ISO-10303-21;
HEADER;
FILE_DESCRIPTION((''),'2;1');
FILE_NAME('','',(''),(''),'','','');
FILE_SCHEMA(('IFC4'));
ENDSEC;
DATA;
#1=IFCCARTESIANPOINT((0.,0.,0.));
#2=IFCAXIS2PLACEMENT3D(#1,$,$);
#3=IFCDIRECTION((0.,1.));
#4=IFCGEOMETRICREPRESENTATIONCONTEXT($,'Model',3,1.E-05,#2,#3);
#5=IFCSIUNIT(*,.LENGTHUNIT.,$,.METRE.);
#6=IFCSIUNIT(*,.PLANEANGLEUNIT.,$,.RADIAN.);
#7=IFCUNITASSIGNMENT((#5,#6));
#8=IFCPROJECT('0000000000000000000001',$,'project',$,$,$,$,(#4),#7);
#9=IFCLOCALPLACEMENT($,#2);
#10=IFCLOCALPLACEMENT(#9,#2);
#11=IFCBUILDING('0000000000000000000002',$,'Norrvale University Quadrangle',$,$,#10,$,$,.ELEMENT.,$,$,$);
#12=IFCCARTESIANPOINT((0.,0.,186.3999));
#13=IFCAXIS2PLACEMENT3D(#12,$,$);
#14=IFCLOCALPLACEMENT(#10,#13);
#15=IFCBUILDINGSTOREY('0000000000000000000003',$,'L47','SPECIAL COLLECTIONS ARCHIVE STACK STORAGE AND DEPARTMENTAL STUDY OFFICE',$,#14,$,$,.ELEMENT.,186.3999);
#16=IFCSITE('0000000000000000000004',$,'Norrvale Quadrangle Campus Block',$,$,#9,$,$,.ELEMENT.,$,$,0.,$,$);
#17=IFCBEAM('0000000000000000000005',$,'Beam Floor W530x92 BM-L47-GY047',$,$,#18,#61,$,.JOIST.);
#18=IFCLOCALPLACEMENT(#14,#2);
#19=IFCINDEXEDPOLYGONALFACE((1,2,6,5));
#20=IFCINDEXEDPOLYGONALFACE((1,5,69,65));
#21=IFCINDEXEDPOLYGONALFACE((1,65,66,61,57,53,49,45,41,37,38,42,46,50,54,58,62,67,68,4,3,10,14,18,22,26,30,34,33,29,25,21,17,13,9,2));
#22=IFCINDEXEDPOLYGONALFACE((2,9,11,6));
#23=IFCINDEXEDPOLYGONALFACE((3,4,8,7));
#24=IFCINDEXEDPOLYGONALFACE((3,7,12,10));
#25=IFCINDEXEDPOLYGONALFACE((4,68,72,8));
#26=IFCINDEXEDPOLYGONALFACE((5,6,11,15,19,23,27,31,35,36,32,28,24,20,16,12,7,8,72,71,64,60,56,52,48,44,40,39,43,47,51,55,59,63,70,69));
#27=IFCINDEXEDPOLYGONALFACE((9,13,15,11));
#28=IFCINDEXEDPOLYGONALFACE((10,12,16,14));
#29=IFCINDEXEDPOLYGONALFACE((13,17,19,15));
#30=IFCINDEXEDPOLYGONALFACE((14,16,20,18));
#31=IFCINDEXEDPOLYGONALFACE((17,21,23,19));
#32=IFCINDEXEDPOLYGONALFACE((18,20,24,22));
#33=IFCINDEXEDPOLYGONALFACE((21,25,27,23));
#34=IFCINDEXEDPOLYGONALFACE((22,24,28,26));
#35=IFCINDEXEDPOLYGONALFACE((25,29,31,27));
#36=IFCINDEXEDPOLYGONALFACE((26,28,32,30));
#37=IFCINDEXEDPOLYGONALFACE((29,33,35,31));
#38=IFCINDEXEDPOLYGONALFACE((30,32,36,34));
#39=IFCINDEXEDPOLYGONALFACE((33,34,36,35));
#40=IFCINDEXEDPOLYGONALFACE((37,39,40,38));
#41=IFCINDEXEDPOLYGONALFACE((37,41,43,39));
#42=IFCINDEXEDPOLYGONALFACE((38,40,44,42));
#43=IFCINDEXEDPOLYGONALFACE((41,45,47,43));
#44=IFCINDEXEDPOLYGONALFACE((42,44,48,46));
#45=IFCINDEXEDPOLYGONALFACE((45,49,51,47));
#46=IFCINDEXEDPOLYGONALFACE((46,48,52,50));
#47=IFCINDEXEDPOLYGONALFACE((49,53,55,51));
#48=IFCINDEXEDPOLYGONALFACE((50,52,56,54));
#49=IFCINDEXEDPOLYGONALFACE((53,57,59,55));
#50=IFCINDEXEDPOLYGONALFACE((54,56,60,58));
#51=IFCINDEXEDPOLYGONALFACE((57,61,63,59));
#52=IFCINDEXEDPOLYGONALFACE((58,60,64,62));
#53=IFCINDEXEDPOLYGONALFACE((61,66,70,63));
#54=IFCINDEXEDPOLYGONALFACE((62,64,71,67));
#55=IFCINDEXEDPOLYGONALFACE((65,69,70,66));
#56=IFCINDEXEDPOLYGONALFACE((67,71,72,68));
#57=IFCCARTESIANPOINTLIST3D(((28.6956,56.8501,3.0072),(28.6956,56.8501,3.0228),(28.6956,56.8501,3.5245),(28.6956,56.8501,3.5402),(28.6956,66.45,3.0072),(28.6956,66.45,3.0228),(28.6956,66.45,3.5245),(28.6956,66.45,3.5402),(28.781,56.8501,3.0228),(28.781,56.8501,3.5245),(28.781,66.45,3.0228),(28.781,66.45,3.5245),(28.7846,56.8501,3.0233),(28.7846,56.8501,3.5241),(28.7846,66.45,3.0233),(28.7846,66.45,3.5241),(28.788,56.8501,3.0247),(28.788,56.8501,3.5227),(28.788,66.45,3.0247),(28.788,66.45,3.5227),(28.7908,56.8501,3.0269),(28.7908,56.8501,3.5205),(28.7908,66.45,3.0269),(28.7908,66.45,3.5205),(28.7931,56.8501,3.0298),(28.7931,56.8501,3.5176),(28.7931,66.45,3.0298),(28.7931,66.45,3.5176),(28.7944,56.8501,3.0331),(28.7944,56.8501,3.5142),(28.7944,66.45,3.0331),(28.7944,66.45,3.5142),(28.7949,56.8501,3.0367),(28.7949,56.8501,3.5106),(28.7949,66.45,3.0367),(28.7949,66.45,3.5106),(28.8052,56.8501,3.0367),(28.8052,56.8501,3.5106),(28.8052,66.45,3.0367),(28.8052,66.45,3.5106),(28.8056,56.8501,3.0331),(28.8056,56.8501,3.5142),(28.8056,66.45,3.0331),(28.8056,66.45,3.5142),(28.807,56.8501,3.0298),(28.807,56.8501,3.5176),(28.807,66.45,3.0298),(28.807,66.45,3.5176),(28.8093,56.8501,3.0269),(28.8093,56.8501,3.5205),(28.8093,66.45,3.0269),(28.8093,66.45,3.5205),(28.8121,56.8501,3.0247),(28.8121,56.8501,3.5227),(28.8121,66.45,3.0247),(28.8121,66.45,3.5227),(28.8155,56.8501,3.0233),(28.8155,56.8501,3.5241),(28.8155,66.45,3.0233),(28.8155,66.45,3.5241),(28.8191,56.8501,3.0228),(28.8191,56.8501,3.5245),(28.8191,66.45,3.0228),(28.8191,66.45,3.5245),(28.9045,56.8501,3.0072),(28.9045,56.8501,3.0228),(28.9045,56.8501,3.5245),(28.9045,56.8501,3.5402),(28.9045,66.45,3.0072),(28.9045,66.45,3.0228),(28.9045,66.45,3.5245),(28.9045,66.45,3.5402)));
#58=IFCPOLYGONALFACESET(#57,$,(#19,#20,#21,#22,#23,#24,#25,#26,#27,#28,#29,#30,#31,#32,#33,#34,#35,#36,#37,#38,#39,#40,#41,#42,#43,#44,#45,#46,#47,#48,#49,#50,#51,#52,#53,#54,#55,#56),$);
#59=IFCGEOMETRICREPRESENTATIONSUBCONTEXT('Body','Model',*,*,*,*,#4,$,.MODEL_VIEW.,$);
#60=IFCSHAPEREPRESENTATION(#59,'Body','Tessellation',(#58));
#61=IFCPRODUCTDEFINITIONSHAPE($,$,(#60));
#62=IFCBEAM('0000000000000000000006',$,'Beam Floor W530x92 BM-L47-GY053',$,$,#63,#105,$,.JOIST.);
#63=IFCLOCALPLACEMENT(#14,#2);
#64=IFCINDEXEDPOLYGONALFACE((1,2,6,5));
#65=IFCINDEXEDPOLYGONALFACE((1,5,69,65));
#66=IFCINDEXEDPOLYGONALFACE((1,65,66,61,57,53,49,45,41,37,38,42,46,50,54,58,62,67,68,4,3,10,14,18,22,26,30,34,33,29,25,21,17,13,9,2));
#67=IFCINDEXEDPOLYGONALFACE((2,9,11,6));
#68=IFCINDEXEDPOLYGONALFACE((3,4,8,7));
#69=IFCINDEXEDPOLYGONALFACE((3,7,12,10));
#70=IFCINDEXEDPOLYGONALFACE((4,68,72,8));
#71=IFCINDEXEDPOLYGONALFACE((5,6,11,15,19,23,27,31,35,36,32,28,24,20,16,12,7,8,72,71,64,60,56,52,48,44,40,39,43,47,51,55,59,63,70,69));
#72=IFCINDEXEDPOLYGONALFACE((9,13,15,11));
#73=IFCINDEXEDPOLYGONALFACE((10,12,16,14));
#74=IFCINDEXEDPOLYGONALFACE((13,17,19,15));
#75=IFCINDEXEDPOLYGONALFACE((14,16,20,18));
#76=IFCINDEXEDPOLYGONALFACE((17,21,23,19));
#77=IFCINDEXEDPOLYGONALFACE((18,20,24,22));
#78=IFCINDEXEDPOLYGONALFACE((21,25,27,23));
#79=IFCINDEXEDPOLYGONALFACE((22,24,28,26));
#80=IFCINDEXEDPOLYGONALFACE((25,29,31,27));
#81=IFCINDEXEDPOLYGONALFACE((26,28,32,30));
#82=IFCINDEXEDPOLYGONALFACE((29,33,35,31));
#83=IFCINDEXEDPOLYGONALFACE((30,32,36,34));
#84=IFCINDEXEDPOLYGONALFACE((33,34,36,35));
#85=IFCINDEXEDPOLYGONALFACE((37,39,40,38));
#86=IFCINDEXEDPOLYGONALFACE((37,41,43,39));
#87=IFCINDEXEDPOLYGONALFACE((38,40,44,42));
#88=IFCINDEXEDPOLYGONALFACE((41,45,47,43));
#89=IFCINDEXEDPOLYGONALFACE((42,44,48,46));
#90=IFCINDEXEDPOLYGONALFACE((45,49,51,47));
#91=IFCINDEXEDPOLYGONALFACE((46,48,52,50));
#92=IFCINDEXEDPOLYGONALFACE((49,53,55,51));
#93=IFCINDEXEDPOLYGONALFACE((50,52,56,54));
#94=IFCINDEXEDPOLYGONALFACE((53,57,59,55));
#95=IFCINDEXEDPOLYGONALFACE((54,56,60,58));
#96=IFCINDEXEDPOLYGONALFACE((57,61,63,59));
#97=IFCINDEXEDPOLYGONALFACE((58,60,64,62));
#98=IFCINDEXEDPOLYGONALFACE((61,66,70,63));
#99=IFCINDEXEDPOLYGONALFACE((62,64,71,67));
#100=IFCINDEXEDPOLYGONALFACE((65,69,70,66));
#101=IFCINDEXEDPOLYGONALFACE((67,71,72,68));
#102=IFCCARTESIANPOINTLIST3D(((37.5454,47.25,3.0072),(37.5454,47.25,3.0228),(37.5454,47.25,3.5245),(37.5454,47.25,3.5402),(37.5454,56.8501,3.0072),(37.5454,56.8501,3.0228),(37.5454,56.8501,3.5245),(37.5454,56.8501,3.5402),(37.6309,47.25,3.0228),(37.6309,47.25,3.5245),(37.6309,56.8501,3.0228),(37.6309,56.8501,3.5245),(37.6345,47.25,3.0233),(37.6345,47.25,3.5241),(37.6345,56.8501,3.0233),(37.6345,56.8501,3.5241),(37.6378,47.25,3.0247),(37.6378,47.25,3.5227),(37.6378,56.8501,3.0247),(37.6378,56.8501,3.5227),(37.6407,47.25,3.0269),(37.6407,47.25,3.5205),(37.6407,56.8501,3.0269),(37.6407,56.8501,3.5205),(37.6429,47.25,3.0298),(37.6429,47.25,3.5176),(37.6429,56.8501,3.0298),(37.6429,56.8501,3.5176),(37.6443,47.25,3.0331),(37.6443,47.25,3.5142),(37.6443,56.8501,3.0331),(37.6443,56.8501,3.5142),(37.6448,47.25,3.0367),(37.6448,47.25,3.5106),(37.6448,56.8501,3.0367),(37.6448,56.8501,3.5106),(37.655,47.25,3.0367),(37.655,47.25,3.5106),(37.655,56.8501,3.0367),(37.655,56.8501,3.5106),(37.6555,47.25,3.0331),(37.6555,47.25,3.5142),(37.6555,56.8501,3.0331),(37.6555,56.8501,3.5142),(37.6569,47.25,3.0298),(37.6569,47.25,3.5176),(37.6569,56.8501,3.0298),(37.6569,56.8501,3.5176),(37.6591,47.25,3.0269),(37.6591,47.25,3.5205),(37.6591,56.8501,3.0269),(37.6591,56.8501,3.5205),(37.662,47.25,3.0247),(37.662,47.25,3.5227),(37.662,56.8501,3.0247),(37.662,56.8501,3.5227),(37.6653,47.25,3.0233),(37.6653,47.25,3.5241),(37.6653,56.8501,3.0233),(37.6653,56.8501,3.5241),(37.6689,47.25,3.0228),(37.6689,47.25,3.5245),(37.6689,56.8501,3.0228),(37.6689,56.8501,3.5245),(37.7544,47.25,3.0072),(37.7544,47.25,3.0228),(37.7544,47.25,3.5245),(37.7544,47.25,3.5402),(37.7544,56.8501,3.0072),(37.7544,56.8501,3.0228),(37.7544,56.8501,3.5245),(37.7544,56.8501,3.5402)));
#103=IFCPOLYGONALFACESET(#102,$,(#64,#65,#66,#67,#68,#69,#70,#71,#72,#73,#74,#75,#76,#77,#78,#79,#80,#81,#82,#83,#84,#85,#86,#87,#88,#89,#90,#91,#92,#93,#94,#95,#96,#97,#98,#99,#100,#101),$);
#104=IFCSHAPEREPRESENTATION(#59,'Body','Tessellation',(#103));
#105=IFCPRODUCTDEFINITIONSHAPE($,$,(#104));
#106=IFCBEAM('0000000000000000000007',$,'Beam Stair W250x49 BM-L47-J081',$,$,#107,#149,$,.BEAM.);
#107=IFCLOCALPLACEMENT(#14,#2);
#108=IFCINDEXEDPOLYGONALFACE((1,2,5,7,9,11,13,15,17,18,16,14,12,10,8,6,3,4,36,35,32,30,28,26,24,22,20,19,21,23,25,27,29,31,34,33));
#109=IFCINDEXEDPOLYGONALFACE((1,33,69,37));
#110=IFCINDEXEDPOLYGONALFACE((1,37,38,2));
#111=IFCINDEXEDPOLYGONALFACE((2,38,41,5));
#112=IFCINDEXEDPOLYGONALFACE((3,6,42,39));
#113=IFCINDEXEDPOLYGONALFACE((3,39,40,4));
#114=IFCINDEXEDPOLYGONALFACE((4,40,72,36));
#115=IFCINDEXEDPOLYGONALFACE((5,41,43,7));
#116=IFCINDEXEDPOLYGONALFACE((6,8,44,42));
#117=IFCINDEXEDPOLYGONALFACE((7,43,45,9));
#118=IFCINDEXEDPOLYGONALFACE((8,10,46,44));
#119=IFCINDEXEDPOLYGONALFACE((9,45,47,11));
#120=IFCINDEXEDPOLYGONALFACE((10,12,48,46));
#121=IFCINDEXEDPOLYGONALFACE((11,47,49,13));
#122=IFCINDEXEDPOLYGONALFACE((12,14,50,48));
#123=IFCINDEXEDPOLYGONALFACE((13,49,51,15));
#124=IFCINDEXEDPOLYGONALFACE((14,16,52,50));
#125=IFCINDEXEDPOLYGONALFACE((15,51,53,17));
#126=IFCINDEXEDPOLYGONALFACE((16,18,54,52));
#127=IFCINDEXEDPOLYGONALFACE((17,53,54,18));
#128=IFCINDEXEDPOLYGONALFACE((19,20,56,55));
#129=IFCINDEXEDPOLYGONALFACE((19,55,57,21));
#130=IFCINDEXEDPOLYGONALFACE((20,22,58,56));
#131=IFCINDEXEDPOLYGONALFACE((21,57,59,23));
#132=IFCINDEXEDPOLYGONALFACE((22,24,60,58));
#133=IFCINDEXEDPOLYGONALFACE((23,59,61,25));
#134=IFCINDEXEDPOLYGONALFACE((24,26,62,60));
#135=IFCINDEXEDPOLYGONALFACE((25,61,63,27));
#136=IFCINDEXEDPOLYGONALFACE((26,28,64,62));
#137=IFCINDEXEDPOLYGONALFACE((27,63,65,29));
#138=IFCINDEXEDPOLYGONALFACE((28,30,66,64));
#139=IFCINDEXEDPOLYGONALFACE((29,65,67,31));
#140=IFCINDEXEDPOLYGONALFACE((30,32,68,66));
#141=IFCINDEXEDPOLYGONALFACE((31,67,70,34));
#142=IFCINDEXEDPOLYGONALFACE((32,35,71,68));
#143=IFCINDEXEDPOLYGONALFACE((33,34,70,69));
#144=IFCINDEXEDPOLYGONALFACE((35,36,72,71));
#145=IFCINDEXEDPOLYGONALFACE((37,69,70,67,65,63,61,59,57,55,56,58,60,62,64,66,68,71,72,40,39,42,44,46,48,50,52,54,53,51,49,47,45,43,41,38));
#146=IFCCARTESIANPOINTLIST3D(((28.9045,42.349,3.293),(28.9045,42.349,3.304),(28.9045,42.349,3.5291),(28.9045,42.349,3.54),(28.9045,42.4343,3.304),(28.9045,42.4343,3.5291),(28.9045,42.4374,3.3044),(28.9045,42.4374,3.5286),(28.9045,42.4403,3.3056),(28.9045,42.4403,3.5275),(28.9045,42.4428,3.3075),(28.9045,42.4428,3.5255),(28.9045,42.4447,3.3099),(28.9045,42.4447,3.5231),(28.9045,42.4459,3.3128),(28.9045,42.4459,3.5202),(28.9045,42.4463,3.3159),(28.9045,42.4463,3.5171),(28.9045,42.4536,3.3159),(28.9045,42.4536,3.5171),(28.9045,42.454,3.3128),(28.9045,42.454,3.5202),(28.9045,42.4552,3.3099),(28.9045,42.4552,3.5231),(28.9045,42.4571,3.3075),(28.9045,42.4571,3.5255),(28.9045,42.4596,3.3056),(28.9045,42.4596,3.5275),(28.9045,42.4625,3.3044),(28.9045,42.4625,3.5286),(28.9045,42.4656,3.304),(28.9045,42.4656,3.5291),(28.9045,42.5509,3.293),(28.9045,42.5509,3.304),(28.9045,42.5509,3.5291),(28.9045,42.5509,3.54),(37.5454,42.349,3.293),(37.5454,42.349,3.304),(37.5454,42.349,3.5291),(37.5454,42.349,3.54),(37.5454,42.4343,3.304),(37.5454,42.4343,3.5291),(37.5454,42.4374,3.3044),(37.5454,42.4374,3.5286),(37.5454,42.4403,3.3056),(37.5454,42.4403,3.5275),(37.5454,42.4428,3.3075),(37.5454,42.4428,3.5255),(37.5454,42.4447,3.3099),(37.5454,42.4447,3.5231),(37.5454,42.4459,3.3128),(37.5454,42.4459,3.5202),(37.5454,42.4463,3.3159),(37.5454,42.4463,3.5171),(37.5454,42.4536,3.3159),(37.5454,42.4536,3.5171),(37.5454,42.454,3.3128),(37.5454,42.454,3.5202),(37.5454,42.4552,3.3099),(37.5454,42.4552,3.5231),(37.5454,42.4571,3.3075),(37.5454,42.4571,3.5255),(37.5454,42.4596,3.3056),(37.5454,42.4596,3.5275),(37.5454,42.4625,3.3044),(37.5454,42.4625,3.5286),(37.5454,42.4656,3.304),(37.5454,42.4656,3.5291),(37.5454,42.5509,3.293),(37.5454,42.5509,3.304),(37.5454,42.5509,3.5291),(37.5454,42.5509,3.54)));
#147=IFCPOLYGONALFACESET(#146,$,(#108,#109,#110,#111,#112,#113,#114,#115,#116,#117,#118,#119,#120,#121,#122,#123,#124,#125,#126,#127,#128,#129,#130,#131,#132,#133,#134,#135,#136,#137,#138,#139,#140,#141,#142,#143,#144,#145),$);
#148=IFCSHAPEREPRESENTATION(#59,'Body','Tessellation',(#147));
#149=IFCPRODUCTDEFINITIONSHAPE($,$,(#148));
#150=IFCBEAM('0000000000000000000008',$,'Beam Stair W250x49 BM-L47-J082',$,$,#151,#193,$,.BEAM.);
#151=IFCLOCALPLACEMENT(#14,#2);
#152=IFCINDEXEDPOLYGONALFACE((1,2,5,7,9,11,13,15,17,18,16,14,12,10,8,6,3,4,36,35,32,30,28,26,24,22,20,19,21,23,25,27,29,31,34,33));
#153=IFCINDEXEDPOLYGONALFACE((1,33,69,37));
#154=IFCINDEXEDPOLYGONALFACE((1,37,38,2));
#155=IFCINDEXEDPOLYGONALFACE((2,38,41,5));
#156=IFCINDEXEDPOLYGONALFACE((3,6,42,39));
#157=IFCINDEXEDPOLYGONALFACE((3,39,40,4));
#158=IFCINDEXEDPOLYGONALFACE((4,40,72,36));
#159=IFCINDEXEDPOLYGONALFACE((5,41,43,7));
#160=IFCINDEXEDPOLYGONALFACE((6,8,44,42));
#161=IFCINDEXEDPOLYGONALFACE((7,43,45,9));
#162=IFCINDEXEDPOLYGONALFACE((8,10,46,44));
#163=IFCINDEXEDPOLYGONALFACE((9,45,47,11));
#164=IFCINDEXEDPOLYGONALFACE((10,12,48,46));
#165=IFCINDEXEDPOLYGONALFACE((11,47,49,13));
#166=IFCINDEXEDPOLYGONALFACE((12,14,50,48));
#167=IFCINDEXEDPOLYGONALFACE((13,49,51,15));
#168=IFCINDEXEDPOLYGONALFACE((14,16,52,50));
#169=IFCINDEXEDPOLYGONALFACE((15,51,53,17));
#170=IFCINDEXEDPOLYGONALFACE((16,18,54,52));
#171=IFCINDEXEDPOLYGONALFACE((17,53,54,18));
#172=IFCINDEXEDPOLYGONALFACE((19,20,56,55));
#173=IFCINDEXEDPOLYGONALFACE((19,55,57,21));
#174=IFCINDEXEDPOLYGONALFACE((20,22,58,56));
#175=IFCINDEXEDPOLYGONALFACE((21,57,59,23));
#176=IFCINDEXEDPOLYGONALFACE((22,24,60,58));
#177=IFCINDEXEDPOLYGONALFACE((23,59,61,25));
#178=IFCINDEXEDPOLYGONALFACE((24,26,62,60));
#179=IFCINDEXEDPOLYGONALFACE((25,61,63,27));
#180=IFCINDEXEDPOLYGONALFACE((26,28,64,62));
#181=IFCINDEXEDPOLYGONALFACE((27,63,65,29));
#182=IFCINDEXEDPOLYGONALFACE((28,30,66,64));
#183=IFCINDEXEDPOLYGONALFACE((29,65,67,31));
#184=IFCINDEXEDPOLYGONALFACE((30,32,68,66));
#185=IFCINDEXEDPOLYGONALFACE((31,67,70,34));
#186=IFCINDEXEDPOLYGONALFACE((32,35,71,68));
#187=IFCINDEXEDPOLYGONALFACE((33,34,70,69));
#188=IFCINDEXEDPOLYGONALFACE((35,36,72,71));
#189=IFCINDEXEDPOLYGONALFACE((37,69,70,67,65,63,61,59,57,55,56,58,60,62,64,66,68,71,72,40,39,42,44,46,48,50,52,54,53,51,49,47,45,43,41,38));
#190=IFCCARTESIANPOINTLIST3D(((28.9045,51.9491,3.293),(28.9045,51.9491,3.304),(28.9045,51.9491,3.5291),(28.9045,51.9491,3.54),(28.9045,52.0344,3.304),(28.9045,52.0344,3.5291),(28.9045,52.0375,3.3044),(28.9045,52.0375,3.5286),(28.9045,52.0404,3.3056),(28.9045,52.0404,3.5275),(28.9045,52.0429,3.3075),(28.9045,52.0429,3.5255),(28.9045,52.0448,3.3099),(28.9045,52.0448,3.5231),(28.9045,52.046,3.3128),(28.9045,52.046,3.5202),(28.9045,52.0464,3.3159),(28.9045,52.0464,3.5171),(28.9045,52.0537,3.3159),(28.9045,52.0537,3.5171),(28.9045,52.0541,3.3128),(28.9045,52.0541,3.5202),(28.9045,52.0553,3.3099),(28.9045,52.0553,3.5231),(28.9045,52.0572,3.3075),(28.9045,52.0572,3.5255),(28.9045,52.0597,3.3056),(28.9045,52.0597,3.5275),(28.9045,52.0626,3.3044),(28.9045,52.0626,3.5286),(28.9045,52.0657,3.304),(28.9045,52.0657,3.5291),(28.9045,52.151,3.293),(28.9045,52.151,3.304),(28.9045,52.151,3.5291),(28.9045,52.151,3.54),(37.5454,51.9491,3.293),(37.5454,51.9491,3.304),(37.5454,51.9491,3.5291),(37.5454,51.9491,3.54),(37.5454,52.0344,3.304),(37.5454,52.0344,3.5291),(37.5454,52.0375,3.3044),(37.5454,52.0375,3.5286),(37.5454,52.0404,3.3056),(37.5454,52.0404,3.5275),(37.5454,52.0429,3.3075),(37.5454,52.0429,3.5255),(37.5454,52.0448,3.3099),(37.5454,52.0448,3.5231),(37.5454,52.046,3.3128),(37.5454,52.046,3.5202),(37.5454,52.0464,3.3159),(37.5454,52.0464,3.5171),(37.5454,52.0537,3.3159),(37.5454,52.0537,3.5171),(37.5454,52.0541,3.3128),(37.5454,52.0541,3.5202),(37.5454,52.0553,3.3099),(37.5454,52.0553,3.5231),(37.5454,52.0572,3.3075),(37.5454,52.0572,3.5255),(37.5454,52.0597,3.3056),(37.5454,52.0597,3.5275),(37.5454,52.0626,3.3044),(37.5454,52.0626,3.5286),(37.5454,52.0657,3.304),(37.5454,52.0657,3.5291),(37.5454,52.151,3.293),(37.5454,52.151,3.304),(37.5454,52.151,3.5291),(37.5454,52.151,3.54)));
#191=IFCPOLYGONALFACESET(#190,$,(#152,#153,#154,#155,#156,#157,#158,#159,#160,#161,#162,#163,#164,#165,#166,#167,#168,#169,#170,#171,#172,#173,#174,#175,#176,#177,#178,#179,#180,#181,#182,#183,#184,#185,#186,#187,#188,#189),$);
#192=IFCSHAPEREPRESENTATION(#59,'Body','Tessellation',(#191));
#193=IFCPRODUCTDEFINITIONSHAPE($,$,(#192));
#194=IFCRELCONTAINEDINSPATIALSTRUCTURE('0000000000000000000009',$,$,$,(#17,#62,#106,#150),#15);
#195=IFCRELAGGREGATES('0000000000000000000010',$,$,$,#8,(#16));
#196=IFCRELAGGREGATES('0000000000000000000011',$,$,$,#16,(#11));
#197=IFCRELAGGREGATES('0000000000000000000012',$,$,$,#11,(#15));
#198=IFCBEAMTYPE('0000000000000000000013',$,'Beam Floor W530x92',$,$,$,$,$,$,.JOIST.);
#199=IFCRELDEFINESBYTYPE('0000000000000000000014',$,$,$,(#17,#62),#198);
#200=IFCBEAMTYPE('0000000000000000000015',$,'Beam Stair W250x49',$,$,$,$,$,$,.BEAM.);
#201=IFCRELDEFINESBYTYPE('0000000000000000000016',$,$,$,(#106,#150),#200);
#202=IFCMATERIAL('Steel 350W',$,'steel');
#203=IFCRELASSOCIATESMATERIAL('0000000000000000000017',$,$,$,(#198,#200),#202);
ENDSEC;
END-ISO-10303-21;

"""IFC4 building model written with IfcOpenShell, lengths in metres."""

from ifc_helpers import new_model, si_unit, direction, frame, origin, origin_2d, place, context, subcontext, project, spatial, i_section, extrude, material, material_profile, profile_set, type_object, element, save


model = new_model("IFC4")

# Units and contexts
model_context = context("Model", 3, precision=1e-05, world=origin(), true_north=direction((0.0, 1.0)))
body_context = subcontext(model_context, "Body", "Model", "MODEL_VIEW")
ifc_project = project(units=[si_unit("LENGTHUNIT", "METRE"), si_unit("PLANEANGLEUNIT", "RADIAN")], contexts=[model_context])

# Site, building, storey
site_placement = place(None, origin())
site = spatial("IfcSite", under=ifc_project, at=site_placement, Name="Norrvale Quadrangle Campus Block", CompositionType="ELEMENT", RefElevation=0.0)
building_placement = place(site_placement, origin())
building = spatial("IfcBuilding", under=site, at=building_placement, Name="Norrvale University Quadrangle", CompositionType="ELEMENT")
storey_placement = place(building_placement, frame((0.0, 0.0, 186.3999)))
storey = spatial("IfcBuildingStorey", under=building, at=storey_placement, Name="L47", Description="SPECIAL COLLECTIONS ARCHIVE STACK STORAGE AND DEPARTMENTAL STUDY OFFICE", CompositionType="ELEMENT", Elevation=186.3999)

# Beams
ifc_material_1 = material(Name="Steel 350W", Category="steel")
ifc_material_profile_1 = material_profile(ifc_material_1, i_section(OverallWidth=0.209, OverallDepth=0.533, WebThickness=0.0103, FlangeThickness=0.0156, FilletRadius=0.0139, at=origin_2d()), Name="Steel 350W")
ifc_profile_set_1 = profile_set([ifc_material_profile_1], Name="Steel 350W")
beam_type_1 = type_object("IfcBeamType", Name="Beam Floor W530x92", PredefinedType="JOIST", material=ifc_profile_set_1)
beam_1_placement = place(storey_placement, frame((28.8, 56.8501, 3.2737), z_axis=(0.0, 1.0, 0.0), x_axis=(-1.0, 0.0, 0.0)))
element("IfcBeam", 1, at=beam_1_placement, inside=storey, type_object=beam_type_1, Name="Beam Floor W530x92 BM-L47-GY047", PredefinedType="JOIST", context=body_context, shape_type="SweptSolid", body=[
    extrude(i_section(OverallWidth=0.209, OverallDepth=0.533, WebThickness=0.0103, FlangeThickness=0.0156, FilletRadius=0.0139, at=origin_2d()), origin(), (0.0, 0.0, 1.0), 9.5999),
])
beam_2_placement = place(storey_placement, frame((37.6499, 47.25, 3.2737), z_axis=(0.0, 1.0, 0.0), x_axis=(-1.0, 0.0, 0.0)))
element("IfcBeam", 2, at=beam_2_placement, inside=storey, type_object=beam_type_1, Name="Beam Floor W530x92 BM-L47-GY053", PredefinedType="JOIST", context=body_context, shape_type="SweptSolid", body=[
    extrude(i_section(OverallWidth=0.209, OverallDepth=0.533, WebThickness=0.0103, FlangeThickness=0.0156, FilletRadius=0.0139, at=origin_2d()), origin(), (0.0, 0.0, 1.0), 9.6001),
])
ifc_material_profile_2 = material_profile(ifc_material_1, i_section(OverallWidth=0.2019, OverallDepth=0.2471, WebThickness=0.0073, FlangeThickness=0.011, FilletRadius=0.012, at=origin_2d()), Name="Steel 350W")
ifc_profile_set_2 = profile_set([ifc_material_profile_2], Name="Steel 350W")
beam_type_2 = type_object("IfcBeamType", Name="Beam Stair W250x49", PredefinedType="BEAM", material=ifc_profile_set_2)
for number, where, z_axis, x_axis, name in (
    (3, (28.9045, 42.45, 3.4165), (1.0, 0.0, 0.0), (0.0, 1.0, 0.0), "Beam Stair W250x49 BM-L47-J081"),
    (4, (28.9045, 52.05, 3.4165), (1.0, 0.0, 0.0), (0.0, 1.0, 0.0), "Beam Stair W250x49 BM-L47-J082"),
):
    element("IfcBeam", number, at=place(storey_placement, frame(where, z_axis=z_axis, x_axis=x_axis)), inside=storey, type_object=beam_type_2, Name=name, PredefinedType="BEAM", context=body_context, shape_type="SweptSolid", body=[
        extrude(i_section(OverallWidth=0.2019, OverallDepth=0.2471, WebThickness=0.0073, FlangeThickness=0.011, FilletRadius=0.012, at=origin_2d()), origin(), (0.0, 0.0, 1.0), 8.6409),
    ])

save(model, "model.ifc")
